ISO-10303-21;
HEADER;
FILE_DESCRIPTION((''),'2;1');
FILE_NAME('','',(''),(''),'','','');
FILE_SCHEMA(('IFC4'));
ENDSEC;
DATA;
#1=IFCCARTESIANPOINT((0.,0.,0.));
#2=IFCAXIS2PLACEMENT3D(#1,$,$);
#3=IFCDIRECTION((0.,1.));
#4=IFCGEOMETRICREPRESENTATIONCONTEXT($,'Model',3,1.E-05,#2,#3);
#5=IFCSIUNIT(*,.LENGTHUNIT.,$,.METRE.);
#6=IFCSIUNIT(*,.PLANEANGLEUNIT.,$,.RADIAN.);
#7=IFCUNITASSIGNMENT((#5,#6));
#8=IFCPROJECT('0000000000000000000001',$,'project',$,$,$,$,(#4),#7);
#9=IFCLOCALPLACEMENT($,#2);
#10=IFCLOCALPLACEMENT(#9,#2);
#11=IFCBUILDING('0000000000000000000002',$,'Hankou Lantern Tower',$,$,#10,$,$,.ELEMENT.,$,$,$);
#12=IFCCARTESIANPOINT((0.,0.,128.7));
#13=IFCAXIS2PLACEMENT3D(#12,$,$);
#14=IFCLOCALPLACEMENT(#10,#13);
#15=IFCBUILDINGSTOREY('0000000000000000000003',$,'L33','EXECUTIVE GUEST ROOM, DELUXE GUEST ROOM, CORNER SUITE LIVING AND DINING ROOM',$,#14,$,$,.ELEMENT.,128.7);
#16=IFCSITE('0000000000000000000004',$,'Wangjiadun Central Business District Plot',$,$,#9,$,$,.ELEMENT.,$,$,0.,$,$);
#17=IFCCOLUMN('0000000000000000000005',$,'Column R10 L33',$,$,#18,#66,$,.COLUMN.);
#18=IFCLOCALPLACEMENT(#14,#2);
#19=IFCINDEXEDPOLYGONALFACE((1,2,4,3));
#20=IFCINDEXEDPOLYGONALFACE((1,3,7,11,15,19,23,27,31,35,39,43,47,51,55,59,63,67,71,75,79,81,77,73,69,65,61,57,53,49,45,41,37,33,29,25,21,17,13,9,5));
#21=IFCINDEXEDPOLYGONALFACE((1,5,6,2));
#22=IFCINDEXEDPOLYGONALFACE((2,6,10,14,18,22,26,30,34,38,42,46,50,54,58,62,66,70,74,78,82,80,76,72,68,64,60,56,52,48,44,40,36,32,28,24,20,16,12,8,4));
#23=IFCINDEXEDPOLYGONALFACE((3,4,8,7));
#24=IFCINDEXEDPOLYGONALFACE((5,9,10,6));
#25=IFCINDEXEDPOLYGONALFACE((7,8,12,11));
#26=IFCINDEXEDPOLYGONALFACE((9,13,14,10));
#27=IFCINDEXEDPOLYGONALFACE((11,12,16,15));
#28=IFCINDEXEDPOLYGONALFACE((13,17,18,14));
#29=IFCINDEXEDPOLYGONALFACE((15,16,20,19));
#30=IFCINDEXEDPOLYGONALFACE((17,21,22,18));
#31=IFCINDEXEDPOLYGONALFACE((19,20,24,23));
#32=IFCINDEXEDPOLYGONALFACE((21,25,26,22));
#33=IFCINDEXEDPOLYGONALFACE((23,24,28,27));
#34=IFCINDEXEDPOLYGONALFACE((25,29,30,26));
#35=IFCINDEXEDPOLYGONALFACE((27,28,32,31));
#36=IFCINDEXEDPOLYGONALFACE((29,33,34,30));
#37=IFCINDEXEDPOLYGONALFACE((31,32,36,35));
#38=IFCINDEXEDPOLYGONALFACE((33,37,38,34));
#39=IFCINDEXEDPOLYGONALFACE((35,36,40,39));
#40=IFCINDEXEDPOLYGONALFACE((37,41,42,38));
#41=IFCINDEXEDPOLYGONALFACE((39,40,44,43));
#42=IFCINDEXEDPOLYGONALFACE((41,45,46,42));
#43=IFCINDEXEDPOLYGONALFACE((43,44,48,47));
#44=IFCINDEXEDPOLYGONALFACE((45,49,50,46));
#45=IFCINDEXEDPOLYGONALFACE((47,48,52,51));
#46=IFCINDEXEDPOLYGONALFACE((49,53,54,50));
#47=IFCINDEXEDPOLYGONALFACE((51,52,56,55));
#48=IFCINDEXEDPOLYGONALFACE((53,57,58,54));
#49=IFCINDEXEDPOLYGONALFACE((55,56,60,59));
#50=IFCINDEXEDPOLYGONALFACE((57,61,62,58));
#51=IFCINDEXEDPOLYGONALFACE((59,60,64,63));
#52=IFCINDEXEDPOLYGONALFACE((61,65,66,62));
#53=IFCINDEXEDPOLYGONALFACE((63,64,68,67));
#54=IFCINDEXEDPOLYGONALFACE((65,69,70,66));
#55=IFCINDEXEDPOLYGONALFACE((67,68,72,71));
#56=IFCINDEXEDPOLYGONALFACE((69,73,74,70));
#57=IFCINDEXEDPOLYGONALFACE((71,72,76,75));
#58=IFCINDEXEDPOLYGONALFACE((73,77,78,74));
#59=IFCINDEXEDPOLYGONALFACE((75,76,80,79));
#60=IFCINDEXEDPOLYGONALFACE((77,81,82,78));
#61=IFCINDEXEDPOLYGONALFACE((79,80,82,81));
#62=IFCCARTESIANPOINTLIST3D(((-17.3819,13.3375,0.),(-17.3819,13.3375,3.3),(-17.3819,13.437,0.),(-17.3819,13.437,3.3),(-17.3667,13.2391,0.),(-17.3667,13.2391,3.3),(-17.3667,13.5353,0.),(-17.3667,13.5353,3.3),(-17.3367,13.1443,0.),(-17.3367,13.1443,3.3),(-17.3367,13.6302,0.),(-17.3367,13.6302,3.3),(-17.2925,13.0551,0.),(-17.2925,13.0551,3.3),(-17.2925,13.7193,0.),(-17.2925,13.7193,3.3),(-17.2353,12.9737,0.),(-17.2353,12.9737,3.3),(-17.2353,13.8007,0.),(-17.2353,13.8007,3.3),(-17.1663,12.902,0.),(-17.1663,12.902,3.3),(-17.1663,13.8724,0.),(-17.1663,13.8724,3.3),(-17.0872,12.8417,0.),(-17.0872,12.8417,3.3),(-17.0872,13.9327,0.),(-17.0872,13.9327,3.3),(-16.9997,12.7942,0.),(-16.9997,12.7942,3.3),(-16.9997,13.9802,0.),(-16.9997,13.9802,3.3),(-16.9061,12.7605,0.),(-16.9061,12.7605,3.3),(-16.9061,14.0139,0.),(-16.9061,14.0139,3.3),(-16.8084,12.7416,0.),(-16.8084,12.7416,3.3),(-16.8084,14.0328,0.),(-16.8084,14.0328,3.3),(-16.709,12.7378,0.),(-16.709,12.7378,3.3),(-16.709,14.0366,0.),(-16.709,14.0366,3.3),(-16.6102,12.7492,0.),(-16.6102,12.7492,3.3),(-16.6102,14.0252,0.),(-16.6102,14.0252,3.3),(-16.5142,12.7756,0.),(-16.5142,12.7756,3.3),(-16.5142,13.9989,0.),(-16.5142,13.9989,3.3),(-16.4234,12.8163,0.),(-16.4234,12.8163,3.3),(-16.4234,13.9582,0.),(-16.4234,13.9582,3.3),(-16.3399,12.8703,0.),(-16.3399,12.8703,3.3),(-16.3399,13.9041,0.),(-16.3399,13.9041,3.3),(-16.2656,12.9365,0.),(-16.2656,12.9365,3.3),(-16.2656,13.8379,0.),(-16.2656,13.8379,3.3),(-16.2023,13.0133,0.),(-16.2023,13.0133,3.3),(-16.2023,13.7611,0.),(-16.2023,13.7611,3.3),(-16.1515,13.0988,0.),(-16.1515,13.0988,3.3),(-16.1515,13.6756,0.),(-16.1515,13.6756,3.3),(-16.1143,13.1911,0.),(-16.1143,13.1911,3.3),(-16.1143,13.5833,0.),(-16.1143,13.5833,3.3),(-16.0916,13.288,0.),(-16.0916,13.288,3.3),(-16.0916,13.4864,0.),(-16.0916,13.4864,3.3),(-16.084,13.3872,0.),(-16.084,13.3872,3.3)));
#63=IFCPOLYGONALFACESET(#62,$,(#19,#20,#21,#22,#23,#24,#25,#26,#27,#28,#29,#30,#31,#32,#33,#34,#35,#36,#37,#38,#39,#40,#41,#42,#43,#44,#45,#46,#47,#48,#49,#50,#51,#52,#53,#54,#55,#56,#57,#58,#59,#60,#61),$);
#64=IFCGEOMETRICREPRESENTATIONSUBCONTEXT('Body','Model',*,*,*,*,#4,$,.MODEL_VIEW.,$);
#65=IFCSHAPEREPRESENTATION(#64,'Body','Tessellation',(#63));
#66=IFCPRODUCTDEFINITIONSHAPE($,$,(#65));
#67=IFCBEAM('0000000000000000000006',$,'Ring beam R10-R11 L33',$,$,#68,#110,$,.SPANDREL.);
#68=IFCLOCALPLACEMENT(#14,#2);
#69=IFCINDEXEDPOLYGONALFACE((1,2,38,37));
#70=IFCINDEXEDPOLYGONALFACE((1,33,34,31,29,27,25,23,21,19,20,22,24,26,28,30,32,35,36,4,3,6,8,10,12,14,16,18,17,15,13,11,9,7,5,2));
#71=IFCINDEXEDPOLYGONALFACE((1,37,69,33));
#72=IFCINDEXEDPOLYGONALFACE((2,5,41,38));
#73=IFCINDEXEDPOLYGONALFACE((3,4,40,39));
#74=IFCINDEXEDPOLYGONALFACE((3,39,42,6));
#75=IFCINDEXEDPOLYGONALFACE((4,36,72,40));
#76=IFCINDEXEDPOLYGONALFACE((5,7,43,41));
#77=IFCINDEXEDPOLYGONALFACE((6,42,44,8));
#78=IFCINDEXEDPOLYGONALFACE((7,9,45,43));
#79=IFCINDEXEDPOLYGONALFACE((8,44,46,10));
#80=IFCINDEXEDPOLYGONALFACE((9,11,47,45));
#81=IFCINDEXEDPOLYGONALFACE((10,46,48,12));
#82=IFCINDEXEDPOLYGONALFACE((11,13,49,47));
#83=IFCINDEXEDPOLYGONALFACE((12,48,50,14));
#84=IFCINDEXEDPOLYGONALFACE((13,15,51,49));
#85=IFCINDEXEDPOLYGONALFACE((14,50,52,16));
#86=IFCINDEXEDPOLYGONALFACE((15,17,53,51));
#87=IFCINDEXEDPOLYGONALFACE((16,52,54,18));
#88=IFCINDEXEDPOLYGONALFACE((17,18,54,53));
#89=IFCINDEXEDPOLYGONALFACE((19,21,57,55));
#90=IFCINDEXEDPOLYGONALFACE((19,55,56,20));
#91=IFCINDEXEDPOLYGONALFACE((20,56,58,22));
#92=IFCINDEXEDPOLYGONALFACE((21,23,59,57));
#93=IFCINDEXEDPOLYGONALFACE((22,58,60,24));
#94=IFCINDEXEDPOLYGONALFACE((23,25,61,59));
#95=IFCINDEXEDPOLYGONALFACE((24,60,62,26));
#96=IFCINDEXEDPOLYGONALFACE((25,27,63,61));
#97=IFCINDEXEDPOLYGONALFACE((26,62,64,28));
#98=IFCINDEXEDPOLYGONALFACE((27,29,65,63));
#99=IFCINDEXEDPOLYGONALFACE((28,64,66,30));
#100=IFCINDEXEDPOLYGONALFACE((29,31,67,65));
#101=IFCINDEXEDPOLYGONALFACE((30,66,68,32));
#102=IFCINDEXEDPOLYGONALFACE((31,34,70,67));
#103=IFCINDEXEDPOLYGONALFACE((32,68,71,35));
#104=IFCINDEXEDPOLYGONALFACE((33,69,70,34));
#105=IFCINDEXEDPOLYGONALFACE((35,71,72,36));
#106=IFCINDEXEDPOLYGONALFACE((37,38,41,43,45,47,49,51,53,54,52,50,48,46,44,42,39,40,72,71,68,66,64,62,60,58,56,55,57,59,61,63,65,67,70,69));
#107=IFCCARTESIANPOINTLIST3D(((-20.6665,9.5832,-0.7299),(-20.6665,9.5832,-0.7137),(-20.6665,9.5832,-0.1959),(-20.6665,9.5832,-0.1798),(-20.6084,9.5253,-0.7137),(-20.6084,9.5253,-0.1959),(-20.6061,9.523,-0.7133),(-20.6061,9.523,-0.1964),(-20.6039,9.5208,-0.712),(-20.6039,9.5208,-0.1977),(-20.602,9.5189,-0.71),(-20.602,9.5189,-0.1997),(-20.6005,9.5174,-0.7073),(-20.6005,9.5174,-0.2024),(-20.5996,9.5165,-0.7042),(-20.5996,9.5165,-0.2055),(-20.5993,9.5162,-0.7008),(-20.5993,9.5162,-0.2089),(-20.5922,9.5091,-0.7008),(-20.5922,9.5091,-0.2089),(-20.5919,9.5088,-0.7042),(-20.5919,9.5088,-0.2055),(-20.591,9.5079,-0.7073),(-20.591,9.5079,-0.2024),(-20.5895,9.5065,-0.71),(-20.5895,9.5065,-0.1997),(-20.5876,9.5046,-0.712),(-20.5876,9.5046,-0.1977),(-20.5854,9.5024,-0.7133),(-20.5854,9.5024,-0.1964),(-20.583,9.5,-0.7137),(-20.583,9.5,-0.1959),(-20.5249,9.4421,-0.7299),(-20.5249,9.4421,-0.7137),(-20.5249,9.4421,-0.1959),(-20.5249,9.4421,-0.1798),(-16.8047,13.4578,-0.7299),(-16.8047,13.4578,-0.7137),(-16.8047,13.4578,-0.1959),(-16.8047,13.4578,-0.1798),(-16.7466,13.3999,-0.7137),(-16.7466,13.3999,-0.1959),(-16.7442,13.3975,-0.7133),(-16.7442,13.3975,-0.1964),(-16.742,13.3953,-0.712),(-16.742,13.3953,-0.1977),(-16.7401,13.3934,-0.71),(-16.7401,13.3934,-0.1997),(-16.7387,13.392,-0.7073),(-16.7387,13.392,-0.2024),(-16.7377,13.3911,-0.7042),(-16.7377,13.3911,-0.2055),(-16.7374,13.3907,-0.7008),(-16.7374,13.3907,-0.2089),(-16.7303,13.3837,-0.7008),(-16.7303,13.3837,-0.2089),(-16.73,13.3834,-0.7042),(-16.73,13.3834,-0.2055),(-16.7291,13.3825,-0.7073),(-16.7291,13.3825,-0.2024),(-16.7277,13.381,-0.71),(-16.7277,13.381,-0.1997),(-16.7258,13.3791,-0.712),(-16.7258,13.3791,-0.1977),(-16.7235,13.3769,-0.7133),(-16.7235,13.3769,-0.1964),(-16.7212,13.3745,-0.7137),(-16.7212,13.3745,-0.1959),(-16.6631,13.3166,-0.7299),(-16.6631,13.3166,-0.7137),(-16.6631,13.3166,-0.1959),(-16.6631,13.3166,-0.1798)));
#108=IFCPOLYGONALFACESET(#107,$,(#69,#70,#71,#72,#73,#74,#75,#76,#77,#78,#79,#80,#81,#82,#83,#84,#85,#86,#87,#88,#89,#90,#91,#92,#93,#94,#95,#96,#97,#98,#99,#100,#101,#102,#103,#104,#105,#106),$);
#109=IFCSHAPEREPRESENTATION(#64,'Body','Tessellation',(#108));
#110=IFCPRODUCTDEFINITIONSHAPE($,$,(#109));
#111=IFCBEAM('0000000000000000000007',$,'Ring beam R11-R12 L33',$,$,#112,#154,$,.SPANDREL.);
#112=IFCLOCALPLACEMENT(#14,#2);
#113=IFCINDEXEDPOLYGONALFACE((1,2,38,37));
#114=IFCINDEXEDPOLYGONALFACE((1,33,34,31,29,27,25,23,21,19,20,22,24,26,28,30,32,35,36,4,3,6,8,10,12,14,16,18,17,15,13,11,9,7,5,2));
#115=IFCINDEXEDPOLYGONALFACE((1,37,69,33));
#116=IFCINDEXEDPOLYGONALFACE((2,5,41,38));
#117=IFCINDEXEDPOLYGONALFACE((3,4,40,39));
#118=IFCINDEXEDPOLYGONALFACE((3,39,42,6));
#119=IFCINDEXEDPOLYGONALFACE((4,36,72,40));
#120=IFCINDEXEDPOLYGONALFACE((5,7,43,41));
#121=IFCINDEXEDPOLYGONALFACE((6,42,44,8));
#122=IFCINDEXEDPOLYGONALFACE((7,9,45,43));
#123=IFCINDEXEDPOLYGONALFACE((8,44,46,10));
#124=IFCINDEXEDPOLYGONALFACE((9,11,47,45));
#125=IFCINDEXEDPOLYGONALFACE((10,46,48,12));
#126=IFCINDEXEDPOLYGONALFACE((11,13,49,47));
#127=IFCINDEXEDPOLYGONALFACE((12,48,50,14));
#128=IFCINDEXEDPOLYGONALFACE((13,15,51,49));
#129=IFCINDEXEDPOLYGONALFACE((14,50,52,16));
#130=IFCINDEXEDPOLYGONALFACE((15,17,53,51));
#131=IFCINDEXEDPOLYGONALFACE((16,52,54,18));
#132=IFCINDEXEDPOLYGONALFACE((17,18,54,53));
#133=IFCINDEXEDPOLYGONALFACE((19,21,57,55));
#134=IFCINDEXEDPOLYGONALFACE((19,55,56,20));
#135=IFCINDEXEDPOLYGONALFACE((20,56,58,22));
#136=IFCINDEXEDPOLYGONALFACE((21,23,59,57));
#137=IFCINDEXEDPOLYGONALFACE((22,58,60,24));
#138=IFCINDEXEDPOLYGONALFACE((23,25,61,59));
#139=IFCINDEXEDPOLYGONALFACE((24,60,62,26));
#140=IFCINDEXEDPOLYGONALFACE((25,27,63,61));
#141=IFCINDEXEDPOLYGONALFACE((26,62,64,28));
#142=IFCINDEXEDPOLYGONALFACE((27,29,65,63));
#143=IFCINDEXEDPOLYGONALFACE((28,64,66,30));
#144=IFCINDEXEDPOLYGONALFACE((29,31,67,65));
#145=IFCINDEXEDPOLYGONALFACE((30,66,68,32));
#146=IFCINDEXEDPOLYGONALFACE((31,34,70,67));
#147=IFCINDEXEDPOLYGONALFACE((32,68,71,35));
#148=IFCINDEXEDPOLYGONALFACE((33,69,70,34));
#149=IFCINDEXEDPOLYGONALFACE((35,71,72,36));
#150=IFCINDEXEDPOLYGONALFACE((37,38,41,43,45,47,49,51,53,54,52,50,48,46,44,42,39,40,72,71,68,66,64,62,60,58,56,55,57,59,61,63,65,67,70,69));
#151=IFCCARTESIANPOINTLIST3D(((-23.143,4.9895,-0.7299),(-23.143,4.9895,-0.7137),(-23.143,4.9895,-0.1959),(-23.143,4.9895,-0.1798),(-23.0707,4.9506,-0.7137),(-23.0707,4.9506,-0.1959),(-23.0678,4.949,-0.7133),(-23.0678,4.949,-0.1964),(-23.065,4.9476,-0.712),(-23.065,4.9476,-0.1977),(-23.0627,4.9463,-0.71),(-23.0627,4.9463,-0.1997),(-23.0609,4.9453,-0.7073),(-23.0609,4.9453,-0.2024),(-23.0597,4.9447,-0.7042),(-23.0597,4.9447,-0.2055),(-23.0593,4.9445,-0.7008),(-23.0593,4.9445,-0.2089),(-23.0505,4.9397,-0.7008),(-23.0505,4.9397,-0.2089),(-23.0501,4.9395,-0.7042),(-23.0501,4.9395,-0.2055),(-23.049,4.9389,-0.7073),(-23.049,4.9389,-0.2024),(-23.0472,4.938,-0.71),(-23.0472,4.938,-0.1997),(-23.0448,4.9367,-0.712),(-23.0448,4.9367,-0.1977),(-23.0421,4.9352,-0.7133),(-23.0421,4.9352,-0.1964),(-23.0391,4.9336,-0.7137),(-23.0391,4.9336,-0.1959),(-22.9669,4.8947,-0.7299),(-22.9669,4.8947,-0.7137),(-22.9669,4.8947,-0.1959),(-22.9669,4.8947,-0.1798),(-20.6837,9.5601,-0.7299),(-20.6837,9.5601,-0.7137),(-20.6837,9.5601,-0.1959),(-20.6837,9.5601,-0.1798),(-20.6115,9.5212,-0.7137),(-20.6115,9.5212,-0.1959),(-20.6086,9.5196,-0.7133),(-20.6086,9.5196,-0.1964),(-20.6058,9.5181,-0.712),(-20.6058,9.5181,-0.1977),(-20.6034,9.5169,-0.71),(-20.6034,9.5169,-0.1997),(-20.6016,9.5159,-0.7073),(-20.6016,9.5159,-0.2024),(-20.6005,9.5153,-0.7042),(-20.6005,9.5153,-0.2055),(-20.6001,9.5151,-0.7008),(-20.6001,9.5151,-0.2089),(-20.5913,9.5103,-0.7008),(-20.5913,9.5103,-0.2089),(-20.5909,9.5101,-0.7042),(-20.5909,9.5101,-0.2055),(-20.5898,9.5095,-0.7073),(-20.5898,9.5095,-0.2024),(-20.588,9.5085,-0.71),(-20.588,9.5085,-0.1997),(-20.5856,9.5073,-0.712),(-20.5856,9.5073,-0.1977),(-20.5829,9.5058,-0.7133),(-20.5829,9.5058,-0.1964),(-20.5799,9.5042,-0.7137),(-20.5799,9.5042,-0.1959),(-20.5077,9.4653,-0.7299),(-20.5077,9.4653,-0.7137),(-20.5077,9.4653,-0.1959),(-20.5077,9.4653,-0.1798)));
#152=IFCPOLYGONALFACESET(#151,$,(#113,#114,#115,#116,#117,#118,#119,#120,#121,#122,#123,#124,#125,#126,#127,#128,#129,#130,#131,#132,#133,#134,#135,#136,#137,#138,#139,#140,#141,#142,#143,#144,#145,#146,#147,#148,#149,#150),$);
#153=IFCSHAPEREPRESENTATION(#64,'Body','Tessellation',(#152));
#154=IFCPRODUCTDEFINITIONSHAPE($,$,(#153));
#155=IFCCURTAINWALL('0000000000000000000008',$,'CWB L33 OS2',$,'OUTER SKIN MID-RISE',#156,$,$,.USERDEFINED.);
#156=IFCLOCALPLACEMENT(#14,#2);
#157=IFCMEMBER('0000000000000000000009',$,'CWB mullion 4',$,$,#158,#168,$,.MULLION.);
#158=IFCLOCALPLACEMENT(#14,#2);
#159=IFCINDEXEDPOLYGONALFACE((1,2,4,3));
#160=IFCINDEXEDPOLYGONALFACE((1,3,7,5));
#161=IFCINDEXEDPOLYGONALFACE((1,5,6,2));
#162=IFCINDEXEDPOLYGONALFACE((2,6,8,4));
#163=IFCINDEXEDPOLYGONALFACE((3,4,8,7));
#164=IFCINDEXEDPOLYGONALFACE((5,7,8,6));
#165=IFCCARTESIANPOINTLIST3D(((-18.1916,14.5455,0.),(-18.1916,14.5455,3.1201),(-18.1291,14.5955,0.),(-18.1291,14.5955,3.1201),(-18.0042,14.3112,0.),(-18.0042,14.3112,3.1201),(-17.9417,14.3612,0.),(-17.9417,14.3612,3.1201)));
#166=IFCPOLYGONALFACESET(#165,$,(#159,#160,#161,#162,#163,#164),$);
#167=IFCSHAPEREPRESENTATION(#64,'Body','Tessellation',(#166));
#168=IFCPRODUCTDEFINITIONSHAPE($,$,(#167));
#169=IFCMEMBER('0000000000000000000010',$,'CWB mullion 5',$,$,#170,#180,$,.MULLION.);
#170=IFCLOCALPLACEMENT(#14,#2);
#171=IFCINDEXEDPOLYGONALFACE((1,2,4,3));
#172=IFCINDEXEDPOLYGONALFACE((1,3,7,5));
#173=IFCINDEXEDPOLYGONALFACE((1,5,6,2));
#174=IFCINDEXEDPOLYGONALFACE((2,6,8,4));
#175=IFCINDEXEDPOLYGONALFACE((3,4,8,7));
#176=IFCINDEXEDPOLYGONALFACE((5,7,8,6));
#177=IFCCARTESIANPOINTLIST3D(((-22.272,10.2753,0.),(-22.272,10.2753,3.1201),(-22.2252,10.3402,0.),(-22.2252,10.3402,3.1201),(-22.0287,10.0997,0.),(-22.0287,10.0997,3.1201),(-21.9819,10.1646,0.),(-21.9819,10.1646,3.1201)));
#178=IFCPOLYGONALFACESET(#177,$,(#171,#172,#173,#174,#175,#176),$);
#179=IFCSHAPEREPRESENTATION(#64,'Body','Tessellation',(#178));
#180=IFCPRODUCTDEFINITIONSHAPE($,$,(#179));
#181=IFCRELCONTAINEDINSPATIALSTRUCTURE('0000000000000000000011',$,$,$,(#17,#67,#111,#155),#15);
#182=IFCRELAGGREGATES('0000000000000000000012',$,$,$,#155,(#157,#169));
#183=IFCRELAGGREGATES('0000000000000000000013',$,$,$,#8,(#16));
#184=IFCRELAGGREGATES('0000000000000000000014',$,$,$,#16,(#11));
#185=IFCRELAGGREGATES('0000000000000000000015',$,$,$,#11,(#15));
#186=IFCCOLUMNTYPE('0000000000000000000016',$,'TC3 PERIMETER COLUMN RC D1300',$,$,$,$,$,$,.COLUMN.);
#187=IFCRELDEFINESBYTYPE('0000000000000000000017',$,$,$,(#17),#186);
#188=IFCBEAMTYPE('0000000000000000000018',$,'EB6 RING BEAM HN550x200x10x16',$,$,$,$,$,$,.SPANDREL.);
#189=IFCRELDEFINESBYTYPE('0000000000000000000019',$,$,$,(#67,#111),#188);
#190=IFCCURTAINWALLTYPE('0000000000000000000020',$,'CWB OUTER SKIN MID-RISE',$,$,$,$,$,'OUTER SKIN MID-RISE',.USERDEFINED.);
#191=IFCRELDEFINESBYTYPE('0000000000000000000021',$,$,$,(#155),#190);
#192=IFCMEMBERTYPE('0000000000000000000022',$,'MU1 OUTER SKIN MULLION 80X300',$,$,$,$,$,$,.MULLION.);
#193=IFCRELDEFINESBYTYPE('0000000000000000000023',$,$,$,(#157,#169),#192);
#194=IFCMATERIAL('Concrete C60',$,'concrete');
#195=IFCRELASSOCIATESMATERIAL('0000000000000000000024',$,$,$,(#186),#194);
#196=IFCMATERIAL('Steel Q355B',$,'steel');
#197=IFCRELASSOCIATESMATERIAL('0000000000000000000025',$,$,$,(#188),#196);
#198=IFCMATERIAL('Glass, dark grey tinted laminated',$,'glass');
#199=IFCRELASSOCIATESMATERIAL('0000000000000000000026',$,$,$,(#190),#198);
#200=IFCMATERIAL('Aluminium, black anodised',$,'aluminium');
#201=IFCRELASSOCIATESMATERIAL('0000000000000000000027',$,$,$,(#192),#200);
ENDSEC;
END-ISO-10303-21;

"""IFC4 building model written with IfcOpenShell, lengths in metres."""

from ifc_helpers import new_model, si_unit, direction, frame, origin, origin_2d, place, context, subcontext, project, spatial, rectangle, circle, i_section, extrude, material, material_profile, profile_set, type_object, element, aggregate, save


model = new_model("IFC4")

# Units and contexts
model_context = context("Model", 3, precision=1e-05, world=origin(), true_north=direction((0.0, 1.0)))
body_context = subcontext(model_context, "Body", "Model", "MODEL_VIEW")
ifc_project = project(units=[si_unit("LENGTHUNIT", "METRE"), si_unit("PLANEANGLEUNIT", "RADIAN")], contexts=[model_context])

# Site, building, storey
site_placement = place(None, origin())
site = spatial("IfcSite", under=ifc_project, at=site_placement, Name="Wangjiadun Central Business District Plot", CompositionType="ELEMENT", RefElevation=0.0)
building_placement = place(site_placement, origin())
building = spatial("IfcBuilding", under=site, at=building_placement, Name="Hankou Lantern Tower", CompositionType="ELEMENT")
storey_placement = place(building_placement, frame((0.0, 0.0, 128.7)))
storey = spatial("IfcBuildingStorey", under=building, at=storey_placement, Name="L33", Description="EXECUTIVE GUEST ROOM, DELUXE GUEST ROOM, CORNER SUITE LIVING AND DINING ROOM", CompositionType="ELEMENT", Elevation=128.7)

# Column
ifc_material_1 = material(Name="Concrete C60", Category="concrete")
ifc_material_profile_1 = material_profile(ifc_material_1, circle(Radius=0.6499, at=origin_2d()), Name="RC D1300")
ifc_profile_set_1 = profile_set([ifc_material_profile_1], Name="Concrete C60")
column_type = type_object("IfcColumnType", Name="TC3 PERIMETER COLUMN RC D1300", PredefinedType="COLUMN", material=ifc_profile_set_1)
column_placement = place(storey_placement, frame((-16.7339, 13.3872, 0.0), z_axis=(0.0, 0.0, 1.0), x_axis=(1.0, 0.0, 0.0)))
element("IfcColumn", 1, at=column_placement, inside=storey, type_object=column_type, Name="Column R10 L33", PredefinedType="COLUMN", context=body_context, shape_type="SweptSolid", body=[
    extrude(circle(Radius=0.6499, at=origin_2d()), origin(), (0.0, 0.0, 1.0), 3.3),
])

# Beams
ifc_material_2 = material(Name="Steel Q355B", Category="steel")
ifc_material_profile_2 = material_profile(ifc_material_2, i_section(OverallWidth=0.2, OverallDepth=0.55, WebThickness=0.01, FlangeThickness=0.0161, FilletRadius=0.0129, at=origin_2d()), Name="HN550x200x10x16")
ifc_profile_set_2 = profile_set([ifc_material_profile_2], Name="Steel Q355B")
beam_type_1 = type_object("IfcBeamType", Name="EB6 RING BEAM HN550x200x10x16", PredefinedType="SPANDREL", material=ifc_profile_set_2)
beam_1_placement = place(storey_placement, frame((-16.7339, 13.3872, -0.4548), z_axis=(-0.705945, -0.708266, 0.0), x_axis=(0.708266, -0.705945, 0.0)))
element("IfcBeam", 2, at=beam_1_placement, inside=storey, type_object=beam_type_1, Name="Ring beam R10-R11 L33", PredefinedType="SPANDREL", context=body_context, shape_type="SweptSolid", body=[
    extrude(i_section(OverallWidth=0.2, OverallDepth=0.55, WebThickness=0.01, FlangeThickness=0.0161, FilletRadius=0.0129, at=origin_2d()), origin(), (0.0, 0.0, 1.0), 5.4705),
])
beam_2_placement = place(storey_placement, frame((-20.5957, 9.5127, -0.4548), z_axis=(-0.473825, -0.880619, 0.0), x_axis=(0.880619, -0.473825, 0.0)))
element("IfcBeam", 3, at=beam_2_placement, inside=storey, type_object=beam_type_1, Name="Ring beam R11-R12 L33", PredefinedType="SPANDREL", context=body_context, shape_type="SweptSolid", body=[
    extrude(i_section(OverallWidth=0.2, OverallDepth=0.55, WebThickness=0.01, FlangeThickness=0.0161, FilletRadius=0.0129, at=origin_2d()), origin(), (0.0, 0.0, 1.0), 5.1902),
])

# Curtain wall, members
ifc_material_3 = material(Name="Glass, dark grey tinted laminated", Category="glass")
curtain_wall_type = type_object("IfcCurtainWallType", Name="CWB OUTER SKIN MID-RISE", ElementType="OUTER SKIN MID-RISE", PredefinedType="USERDEFINED", material=ifc_material_3)
curtain_wall_placement = place(storey_placement, origin())
curtain_wall = element("IfcCurtainWall", 4, at=curtain_wall_placement, inside=storey, type_object=curtain_wall_type, Name="CWB L33 OS2", ObjectType="OUTER SKIN MID-RISE", PredefinedType="USERDEFINED")
ifc_material_4 = material(Name="Aluminium, black anodised", Category="aluminium")
ifc_material_profile_3 = material_profile(ifc_material_4, rectangle(XDim=0.0801, YDim=0.3, at=origin_2d()), Name="MU1 80X300")
ifc_profile_set_3 = profile_set([ifc_material_profile_3], Name="Aluminium, black anodised")
member_type_1 = type_object("IfcMemberType", Name="MU1 OUTER SKIN MULLION 80X300", PredefinedType="MULLION", material=ifc_profile_set_3)
member_1_placement = place(storey_placement, frame((-18.0667, 14.4534, 0.0), z_axis=(0.0, 0.0, 1.0), x_axis=(-0.780869, -0.624695, 0.0)))
member_1 = element("IfcMember", 5, at=member_1_placement, type_object=member_type_1, Name="CWB mullion 4", PredefinedType="MULLION", context=body_context, shape_type="SweptSolid", body=[
    extrude(rectangle(XDim=0.0801, YDim=0.3, at=origin_2d()), origin(), (0.0, 0.0, 1.0), 3.1201),
])
member_2_placement = place(storey_placement, frame((-22.127, 10.22, 0.0), z_axis=(0.0, 0.0, 1.0), x_axis=(-0.585206, -0.810885, 0.0)))
member_2 = element("IfcMember", 6, at=member_2_placement, type_object=member_type_1, Name="CWB mullion 5", PredefinedType="MULLION", context=body_context, shape_type="SweptSolid", body=[
    extrude(rectangle(XDim=0.0801, YDim=0.3, at=origin_2d()), origin(), (0.0, 0.0, 1.0), 3.1201),
])

aggregate(curtain_wall, [member_1, member_2])

save(model, "model.ifc")
